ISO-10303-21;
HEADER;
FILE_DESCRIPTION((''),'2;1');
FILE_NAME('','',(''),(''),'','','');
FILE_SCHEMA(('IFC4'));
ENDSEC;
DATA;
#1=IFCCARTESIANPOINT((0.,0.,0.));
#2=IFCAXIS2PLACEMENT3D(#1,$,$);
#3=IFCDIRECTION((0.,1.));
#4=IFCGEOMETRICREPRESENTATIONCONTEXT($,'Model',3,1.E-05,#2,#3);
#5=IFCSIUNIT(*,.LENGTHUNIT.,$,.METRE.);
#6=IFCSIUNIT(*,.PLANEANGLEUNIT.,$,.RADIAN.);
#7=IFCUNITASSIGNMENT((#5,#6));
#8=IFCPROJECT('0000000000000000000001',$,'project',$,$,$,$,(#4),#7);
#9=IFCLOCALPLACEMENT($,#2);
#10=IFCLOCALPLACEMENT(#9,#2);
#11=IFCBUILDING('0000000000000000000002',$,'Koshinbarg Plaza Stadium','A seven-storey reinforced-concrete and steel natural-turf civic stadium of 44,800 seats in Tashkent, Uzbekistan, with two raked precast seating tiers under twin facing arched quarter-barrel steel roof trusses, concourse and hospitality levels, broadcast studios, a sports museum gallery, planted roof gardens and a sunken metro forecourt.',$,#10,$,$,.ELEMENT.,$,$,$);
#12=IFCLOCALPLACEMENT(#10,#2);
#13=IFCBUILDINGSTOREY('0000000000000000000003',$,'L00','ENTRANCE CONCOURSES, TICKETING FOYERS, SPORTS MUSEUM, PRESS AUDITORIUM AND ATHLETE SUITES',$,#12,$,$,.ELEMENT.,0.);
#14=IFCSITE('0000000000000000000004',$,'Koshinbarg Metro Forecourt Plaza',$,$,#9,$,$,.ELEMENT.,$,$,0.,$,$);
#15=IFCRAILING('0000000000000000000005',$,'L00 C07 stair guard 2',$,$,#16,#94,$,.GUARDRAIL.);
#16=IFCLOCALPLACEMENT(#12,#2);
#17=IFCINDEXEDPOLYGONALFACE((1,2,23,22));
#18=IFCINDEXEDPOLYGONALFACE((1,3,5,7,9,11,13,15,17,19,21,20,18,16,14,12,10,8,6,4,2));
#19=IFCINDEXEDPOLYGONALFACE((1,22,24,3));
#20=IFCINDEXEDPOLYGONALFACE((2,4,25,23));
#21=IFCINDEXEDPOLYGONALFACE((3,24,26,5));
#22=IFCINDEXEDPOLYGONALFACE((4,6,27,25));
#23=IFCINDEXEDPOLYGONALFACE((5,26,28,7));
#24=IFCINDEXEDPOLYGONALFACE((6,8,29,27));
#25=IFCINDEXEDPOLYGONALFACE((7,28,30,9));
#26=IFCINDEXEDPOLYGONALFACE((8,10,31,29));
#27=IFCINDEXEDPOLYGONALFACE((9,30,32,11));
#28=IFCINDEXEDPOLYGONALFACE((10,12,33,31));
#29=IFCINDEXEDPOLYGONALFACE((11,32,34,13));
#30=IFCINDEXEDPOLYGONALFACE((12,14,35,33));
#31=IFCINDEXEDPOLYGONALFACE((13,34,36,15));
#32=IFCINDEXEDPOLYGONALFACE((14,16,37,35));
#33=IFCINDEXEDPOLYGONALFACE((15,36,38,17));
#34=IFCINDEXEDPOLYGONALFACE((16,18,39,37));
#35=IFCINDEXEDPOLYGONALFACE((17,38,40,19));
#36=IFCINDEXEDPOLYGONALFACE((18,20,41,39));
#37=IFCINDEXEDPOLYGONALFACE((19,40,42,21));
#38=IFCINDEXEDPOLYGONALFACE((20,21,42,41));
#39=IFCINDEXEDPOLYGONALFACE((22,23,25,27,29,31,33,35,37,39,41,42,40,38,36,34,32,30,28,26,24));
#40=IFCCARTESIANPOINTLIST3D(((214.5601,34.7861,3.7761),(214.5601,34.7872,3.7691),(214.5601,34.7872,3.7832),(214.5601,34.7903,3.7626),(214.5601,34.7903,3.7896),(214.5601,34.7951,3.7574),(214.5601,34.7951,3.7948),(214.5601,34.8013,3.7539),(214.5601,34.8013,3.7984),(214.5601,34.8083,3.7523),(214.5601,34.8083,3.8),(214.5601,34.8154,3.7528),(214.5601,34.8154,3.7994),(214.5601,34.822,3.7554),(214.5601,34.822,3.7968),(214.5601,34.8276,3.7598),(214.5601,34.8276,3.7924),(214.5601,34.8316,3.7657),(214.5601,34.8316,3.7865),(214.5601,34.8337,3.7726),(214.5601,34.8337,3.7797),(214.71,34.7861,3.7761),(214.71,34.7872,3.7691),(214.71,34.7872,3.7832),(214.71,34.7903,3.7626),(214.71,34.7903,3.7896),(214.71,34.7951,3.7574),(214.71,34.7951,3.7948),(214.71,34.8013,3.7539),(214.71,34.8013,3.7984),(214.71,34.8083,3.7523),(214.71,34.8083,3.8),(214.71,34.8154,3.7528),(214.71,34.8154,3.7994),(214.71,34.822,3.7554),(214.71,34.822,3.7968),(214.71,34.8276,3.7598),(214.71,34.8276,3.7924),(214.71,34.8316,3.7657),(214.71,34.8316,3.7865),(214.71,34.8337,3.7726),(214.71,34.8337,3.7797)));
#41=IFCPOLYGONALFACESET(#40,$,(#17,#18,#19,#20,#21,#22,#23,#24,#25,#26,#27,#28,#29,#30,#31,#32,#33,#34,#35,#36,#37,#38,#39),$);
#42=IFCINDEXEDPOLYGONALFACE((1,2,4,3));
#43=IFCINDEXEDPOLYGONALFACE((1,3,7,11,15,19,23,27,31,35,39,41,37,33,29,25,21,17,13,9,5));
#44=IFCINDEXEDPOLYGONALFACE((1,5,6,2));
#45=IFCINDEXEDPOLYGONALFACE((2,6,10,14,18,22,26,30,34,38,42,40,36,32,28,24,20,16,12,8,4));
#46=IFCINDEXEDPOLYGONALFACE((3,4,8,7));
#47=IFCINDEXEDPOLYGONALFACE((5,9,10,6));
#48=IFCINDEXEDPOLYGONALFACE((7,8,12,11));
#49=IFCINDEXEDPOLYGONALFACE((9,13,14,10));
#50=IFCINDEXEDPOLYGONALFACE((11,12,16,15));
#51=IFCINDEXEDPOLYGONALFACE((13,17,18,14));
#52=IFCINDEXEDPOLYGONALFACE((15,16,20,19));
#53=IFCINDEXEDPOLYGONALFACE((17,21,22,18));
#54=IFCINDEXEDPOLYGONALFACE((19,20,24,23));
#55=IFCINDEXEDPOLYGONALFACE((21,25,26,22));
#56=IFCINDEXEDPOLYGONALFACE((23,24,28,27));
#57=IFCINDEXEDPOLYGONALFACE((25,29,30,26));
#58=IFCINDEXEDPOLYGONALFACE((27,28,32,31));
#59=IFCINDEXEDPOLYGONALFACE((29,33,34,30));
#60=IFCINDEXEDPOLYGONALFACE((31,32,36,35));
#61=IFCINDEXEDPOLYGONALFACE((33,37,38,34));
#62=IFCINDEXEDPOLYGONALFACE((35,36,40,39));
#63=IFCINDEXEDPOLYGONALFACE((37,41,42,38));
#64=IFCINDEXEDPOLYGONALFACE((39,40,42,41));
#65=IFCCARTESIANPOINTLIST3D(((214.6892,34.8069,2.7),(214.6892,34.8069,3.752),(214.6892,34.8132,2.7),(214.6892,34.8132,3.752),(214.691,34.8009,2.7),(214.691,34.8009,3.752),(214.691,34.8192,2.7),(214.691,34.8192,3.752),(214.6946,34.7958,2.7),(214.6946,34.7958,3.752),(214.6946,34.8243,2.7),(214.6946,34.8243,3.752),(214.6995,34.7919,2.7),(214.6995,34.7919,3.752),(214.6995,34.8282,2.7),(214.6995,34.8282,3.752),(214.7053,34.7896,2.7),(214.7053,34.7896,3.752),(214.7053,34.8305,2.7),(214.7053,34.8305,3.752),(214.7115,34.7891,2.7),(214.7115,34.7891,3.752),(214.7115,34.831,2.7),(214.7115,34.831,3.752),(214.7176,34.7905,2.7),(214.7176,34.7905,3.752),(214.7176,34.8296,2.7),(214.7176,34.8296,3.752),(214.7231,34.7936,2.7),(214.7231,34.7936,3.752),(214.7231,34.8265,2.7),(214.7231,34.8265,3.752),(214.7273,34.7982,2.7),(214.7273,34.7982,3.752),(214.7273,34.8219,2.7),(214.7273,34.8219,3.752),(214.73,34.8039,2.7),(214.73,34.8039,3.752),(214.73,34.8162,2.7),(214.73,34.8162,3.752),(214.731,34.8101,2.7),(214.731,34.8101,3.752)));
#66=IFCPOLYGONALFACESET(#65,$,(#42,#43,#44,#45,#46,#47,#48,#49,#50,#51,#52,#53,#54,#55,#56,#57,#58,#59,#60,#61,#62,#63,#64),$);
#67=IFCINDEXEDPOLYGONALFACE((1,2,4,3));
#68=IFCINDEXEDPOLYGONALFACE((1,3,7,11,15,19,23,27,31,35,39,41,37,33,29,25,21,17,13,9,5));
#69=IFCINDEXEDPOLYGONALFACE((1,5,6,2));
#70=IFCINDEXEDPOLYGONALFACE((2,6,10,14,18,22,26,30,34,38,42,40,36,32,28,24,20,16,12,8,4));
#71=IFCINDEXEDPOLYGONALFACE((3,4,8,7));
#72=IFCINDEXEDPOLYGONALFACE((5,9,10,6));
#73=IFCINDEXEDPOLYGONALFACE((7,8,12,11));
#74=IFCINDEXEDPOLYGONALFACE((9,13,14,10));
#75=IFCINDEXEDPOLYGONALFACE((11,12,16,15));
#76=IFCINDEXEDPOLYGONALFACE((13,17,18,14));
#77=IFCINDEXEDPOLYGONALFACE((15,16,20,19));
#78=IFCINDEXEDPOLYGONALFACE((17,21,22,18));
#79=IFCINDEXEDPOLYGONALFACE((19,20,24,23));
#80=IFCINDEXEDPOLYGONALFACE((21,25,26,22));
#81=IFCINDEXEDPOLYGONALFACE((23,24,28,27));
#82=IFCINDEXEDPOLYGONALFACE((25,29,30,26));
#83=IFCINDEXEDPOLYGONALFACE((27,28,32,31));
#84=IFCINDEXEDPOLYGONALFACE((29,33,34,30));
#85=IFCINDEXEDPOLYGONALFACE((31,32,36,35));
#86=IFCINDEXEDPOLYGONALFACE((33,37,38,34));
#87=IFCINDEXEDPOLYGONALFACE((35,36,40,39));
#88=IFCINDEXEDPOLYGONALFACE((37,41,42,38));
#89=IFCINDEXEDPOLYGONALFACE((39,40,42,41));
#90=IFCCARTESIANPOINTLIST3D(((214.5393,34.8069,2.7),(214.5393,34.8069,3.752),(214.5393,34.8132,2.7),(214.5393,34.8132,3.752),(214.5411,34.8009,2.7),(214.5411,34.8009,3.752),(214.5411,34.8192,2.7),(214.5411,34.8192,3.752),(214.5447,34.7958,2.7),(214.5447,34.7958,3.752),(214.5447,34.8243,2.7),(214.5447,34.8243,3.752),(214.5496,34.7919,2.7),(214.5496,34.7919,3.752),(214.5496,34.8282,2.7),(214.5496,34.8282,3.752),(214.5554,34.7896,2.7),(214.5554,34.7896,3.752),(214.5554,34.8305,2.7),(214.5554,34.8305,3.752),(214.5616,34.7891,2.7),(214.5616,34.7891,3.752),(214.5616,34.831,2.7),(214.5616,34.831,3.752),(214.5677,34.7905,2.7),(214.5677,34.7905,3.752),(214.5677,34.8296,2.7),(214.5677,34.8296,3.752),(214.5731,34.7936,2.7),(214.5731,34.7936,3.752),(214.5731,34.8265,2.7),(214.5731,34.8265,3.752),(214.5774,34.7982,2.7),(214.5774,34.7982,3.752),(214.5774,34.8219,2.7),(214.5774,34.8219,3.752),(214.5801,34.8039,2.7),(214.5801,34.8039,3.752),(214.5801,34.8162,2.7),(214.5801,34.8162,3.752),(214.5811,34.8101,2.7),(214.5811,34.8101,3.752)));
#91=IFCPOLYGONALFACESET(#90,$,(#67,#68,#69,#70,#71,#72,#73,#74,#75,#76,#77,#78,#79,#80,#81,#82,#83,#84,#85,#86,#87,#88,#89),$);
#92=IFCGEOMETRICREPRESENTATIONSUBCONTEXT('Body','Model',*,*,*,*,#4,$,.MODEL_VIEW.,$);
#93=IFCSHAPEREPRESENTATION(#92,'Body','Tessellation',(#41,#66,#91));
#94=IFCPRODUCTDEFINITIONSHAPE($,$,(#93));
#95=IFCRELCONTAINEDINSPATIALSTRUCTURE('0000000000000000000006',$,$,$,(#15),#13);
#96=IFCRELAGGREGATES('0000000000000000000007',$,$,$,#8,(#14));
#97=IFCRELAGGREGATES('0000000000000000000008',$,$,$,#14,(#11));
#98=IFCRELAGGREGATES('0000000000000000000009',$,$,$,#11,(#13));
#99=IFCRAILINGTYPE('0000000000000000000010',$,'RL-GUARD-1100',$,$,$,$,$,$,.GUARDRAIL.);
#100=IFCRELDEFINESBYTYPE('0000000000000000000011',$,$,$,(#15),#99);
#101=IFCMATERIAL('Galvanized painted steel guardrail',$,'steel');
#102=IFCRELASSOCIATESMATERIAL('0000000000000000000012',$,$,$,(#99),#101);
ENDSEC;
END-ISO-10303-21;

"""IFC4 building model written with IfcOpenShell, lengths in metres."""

from ifc_helpers import new_model, si_unit, direction, frame, origin, origin_2d, place, context, subcontext, project, spatial, circle, extrude, material, type_object, element, save


model = new_model("IFC4")

# Units and contexts
model_context = context("Model", 3, precision=1e-05, world=origin(), true_north=direction((0.0, 1.0)))
body_context = subcontext(model_context, "Body", "Model", "MODEL_VIEW")
ifc_project = project(units=[si_unit("LENGTHUNIT", "METRE"), si_unit("PLANEANGLEUNIT", "RADIAN")], contexts=[model_context])

# Site, building, storey
site_placement = place(None, origin())
site = spatial("IfcSite", under=ifc_project, at=site_placement, Name="Koshinbarg Metro Forecourt Plaza", CompositionType="ELEMENT", RefElevation=0.0)
building_placement = place(site_placement, origin())
building = spatial("IfcBuilding", under=site, at=building_placement, Name="Koshinbarg Plaza Stadium", Description="A seven-storey reinforced-concrete and steel natural-turf civic stadium of 44,800 seats in Tashkent, Uzbekistan, with two raked precast seating tiers under twin facing arched quarter-barrel steel roof trusses, concourse and hospitality levels, broadcast studios, a sports museum gallery, planted roof gardens and a sunken metro forecourt.", CompositionType="ELEMENT")
storey_placement = place(building_placement, origin())
storey = spatial("IfcBuildingStorey", under=building, at=storey_placement, Name="L00", Description="ENTRANCE CONCOURSES, TICKETING FOYERS, SPORTS MUSEUM, PRESS AUDITORIUM AND ATHLETE SUITES", CompositionType="ELEMENT", Elevation=0.0)

# Railing
ifc_material_1 = material(Name="Galvanized painted steel guardrail", Category="steel")
railing_type_1 = type_object("IfcRailingType", Name="RL-GUARD-1100", PredefinedType="GUARDRAIL", material=ifc_material_1)
railing_1_placement = place(storey_placement, frame((214.71, 34.8101, 2.7)))
element("IfcRailing", 1, at=railing_1_placement, inside=storey, type_object=railing_type_1, Name="L00 C07 stair guard 2", PredefinedType="GUARDRAIL", context=body_context, shape_type="SweptSolid", body=[
    extrude(circle(Radius=0.0239, at=origin_2d()), frame((0.0, 0.0, 1.0762), z_axis=(-1.0, 0.0, 0.0), x_axis=(0.0, -1.0, 0.0)), (0.0, 0.0, 1.0), 0.1499),
    extrude(circle(Radius=0.021, at=origin_2d()), origin(), (0.0, 0.0, 1.0), 1.052),
    extrude(circle(Radius=0.021, at=origin_2d()), frame((-0.1499, 0.0, 0.0)), (0.0, 0.0, 1.0), 1.052),
])

save(model, "model.ifc")
